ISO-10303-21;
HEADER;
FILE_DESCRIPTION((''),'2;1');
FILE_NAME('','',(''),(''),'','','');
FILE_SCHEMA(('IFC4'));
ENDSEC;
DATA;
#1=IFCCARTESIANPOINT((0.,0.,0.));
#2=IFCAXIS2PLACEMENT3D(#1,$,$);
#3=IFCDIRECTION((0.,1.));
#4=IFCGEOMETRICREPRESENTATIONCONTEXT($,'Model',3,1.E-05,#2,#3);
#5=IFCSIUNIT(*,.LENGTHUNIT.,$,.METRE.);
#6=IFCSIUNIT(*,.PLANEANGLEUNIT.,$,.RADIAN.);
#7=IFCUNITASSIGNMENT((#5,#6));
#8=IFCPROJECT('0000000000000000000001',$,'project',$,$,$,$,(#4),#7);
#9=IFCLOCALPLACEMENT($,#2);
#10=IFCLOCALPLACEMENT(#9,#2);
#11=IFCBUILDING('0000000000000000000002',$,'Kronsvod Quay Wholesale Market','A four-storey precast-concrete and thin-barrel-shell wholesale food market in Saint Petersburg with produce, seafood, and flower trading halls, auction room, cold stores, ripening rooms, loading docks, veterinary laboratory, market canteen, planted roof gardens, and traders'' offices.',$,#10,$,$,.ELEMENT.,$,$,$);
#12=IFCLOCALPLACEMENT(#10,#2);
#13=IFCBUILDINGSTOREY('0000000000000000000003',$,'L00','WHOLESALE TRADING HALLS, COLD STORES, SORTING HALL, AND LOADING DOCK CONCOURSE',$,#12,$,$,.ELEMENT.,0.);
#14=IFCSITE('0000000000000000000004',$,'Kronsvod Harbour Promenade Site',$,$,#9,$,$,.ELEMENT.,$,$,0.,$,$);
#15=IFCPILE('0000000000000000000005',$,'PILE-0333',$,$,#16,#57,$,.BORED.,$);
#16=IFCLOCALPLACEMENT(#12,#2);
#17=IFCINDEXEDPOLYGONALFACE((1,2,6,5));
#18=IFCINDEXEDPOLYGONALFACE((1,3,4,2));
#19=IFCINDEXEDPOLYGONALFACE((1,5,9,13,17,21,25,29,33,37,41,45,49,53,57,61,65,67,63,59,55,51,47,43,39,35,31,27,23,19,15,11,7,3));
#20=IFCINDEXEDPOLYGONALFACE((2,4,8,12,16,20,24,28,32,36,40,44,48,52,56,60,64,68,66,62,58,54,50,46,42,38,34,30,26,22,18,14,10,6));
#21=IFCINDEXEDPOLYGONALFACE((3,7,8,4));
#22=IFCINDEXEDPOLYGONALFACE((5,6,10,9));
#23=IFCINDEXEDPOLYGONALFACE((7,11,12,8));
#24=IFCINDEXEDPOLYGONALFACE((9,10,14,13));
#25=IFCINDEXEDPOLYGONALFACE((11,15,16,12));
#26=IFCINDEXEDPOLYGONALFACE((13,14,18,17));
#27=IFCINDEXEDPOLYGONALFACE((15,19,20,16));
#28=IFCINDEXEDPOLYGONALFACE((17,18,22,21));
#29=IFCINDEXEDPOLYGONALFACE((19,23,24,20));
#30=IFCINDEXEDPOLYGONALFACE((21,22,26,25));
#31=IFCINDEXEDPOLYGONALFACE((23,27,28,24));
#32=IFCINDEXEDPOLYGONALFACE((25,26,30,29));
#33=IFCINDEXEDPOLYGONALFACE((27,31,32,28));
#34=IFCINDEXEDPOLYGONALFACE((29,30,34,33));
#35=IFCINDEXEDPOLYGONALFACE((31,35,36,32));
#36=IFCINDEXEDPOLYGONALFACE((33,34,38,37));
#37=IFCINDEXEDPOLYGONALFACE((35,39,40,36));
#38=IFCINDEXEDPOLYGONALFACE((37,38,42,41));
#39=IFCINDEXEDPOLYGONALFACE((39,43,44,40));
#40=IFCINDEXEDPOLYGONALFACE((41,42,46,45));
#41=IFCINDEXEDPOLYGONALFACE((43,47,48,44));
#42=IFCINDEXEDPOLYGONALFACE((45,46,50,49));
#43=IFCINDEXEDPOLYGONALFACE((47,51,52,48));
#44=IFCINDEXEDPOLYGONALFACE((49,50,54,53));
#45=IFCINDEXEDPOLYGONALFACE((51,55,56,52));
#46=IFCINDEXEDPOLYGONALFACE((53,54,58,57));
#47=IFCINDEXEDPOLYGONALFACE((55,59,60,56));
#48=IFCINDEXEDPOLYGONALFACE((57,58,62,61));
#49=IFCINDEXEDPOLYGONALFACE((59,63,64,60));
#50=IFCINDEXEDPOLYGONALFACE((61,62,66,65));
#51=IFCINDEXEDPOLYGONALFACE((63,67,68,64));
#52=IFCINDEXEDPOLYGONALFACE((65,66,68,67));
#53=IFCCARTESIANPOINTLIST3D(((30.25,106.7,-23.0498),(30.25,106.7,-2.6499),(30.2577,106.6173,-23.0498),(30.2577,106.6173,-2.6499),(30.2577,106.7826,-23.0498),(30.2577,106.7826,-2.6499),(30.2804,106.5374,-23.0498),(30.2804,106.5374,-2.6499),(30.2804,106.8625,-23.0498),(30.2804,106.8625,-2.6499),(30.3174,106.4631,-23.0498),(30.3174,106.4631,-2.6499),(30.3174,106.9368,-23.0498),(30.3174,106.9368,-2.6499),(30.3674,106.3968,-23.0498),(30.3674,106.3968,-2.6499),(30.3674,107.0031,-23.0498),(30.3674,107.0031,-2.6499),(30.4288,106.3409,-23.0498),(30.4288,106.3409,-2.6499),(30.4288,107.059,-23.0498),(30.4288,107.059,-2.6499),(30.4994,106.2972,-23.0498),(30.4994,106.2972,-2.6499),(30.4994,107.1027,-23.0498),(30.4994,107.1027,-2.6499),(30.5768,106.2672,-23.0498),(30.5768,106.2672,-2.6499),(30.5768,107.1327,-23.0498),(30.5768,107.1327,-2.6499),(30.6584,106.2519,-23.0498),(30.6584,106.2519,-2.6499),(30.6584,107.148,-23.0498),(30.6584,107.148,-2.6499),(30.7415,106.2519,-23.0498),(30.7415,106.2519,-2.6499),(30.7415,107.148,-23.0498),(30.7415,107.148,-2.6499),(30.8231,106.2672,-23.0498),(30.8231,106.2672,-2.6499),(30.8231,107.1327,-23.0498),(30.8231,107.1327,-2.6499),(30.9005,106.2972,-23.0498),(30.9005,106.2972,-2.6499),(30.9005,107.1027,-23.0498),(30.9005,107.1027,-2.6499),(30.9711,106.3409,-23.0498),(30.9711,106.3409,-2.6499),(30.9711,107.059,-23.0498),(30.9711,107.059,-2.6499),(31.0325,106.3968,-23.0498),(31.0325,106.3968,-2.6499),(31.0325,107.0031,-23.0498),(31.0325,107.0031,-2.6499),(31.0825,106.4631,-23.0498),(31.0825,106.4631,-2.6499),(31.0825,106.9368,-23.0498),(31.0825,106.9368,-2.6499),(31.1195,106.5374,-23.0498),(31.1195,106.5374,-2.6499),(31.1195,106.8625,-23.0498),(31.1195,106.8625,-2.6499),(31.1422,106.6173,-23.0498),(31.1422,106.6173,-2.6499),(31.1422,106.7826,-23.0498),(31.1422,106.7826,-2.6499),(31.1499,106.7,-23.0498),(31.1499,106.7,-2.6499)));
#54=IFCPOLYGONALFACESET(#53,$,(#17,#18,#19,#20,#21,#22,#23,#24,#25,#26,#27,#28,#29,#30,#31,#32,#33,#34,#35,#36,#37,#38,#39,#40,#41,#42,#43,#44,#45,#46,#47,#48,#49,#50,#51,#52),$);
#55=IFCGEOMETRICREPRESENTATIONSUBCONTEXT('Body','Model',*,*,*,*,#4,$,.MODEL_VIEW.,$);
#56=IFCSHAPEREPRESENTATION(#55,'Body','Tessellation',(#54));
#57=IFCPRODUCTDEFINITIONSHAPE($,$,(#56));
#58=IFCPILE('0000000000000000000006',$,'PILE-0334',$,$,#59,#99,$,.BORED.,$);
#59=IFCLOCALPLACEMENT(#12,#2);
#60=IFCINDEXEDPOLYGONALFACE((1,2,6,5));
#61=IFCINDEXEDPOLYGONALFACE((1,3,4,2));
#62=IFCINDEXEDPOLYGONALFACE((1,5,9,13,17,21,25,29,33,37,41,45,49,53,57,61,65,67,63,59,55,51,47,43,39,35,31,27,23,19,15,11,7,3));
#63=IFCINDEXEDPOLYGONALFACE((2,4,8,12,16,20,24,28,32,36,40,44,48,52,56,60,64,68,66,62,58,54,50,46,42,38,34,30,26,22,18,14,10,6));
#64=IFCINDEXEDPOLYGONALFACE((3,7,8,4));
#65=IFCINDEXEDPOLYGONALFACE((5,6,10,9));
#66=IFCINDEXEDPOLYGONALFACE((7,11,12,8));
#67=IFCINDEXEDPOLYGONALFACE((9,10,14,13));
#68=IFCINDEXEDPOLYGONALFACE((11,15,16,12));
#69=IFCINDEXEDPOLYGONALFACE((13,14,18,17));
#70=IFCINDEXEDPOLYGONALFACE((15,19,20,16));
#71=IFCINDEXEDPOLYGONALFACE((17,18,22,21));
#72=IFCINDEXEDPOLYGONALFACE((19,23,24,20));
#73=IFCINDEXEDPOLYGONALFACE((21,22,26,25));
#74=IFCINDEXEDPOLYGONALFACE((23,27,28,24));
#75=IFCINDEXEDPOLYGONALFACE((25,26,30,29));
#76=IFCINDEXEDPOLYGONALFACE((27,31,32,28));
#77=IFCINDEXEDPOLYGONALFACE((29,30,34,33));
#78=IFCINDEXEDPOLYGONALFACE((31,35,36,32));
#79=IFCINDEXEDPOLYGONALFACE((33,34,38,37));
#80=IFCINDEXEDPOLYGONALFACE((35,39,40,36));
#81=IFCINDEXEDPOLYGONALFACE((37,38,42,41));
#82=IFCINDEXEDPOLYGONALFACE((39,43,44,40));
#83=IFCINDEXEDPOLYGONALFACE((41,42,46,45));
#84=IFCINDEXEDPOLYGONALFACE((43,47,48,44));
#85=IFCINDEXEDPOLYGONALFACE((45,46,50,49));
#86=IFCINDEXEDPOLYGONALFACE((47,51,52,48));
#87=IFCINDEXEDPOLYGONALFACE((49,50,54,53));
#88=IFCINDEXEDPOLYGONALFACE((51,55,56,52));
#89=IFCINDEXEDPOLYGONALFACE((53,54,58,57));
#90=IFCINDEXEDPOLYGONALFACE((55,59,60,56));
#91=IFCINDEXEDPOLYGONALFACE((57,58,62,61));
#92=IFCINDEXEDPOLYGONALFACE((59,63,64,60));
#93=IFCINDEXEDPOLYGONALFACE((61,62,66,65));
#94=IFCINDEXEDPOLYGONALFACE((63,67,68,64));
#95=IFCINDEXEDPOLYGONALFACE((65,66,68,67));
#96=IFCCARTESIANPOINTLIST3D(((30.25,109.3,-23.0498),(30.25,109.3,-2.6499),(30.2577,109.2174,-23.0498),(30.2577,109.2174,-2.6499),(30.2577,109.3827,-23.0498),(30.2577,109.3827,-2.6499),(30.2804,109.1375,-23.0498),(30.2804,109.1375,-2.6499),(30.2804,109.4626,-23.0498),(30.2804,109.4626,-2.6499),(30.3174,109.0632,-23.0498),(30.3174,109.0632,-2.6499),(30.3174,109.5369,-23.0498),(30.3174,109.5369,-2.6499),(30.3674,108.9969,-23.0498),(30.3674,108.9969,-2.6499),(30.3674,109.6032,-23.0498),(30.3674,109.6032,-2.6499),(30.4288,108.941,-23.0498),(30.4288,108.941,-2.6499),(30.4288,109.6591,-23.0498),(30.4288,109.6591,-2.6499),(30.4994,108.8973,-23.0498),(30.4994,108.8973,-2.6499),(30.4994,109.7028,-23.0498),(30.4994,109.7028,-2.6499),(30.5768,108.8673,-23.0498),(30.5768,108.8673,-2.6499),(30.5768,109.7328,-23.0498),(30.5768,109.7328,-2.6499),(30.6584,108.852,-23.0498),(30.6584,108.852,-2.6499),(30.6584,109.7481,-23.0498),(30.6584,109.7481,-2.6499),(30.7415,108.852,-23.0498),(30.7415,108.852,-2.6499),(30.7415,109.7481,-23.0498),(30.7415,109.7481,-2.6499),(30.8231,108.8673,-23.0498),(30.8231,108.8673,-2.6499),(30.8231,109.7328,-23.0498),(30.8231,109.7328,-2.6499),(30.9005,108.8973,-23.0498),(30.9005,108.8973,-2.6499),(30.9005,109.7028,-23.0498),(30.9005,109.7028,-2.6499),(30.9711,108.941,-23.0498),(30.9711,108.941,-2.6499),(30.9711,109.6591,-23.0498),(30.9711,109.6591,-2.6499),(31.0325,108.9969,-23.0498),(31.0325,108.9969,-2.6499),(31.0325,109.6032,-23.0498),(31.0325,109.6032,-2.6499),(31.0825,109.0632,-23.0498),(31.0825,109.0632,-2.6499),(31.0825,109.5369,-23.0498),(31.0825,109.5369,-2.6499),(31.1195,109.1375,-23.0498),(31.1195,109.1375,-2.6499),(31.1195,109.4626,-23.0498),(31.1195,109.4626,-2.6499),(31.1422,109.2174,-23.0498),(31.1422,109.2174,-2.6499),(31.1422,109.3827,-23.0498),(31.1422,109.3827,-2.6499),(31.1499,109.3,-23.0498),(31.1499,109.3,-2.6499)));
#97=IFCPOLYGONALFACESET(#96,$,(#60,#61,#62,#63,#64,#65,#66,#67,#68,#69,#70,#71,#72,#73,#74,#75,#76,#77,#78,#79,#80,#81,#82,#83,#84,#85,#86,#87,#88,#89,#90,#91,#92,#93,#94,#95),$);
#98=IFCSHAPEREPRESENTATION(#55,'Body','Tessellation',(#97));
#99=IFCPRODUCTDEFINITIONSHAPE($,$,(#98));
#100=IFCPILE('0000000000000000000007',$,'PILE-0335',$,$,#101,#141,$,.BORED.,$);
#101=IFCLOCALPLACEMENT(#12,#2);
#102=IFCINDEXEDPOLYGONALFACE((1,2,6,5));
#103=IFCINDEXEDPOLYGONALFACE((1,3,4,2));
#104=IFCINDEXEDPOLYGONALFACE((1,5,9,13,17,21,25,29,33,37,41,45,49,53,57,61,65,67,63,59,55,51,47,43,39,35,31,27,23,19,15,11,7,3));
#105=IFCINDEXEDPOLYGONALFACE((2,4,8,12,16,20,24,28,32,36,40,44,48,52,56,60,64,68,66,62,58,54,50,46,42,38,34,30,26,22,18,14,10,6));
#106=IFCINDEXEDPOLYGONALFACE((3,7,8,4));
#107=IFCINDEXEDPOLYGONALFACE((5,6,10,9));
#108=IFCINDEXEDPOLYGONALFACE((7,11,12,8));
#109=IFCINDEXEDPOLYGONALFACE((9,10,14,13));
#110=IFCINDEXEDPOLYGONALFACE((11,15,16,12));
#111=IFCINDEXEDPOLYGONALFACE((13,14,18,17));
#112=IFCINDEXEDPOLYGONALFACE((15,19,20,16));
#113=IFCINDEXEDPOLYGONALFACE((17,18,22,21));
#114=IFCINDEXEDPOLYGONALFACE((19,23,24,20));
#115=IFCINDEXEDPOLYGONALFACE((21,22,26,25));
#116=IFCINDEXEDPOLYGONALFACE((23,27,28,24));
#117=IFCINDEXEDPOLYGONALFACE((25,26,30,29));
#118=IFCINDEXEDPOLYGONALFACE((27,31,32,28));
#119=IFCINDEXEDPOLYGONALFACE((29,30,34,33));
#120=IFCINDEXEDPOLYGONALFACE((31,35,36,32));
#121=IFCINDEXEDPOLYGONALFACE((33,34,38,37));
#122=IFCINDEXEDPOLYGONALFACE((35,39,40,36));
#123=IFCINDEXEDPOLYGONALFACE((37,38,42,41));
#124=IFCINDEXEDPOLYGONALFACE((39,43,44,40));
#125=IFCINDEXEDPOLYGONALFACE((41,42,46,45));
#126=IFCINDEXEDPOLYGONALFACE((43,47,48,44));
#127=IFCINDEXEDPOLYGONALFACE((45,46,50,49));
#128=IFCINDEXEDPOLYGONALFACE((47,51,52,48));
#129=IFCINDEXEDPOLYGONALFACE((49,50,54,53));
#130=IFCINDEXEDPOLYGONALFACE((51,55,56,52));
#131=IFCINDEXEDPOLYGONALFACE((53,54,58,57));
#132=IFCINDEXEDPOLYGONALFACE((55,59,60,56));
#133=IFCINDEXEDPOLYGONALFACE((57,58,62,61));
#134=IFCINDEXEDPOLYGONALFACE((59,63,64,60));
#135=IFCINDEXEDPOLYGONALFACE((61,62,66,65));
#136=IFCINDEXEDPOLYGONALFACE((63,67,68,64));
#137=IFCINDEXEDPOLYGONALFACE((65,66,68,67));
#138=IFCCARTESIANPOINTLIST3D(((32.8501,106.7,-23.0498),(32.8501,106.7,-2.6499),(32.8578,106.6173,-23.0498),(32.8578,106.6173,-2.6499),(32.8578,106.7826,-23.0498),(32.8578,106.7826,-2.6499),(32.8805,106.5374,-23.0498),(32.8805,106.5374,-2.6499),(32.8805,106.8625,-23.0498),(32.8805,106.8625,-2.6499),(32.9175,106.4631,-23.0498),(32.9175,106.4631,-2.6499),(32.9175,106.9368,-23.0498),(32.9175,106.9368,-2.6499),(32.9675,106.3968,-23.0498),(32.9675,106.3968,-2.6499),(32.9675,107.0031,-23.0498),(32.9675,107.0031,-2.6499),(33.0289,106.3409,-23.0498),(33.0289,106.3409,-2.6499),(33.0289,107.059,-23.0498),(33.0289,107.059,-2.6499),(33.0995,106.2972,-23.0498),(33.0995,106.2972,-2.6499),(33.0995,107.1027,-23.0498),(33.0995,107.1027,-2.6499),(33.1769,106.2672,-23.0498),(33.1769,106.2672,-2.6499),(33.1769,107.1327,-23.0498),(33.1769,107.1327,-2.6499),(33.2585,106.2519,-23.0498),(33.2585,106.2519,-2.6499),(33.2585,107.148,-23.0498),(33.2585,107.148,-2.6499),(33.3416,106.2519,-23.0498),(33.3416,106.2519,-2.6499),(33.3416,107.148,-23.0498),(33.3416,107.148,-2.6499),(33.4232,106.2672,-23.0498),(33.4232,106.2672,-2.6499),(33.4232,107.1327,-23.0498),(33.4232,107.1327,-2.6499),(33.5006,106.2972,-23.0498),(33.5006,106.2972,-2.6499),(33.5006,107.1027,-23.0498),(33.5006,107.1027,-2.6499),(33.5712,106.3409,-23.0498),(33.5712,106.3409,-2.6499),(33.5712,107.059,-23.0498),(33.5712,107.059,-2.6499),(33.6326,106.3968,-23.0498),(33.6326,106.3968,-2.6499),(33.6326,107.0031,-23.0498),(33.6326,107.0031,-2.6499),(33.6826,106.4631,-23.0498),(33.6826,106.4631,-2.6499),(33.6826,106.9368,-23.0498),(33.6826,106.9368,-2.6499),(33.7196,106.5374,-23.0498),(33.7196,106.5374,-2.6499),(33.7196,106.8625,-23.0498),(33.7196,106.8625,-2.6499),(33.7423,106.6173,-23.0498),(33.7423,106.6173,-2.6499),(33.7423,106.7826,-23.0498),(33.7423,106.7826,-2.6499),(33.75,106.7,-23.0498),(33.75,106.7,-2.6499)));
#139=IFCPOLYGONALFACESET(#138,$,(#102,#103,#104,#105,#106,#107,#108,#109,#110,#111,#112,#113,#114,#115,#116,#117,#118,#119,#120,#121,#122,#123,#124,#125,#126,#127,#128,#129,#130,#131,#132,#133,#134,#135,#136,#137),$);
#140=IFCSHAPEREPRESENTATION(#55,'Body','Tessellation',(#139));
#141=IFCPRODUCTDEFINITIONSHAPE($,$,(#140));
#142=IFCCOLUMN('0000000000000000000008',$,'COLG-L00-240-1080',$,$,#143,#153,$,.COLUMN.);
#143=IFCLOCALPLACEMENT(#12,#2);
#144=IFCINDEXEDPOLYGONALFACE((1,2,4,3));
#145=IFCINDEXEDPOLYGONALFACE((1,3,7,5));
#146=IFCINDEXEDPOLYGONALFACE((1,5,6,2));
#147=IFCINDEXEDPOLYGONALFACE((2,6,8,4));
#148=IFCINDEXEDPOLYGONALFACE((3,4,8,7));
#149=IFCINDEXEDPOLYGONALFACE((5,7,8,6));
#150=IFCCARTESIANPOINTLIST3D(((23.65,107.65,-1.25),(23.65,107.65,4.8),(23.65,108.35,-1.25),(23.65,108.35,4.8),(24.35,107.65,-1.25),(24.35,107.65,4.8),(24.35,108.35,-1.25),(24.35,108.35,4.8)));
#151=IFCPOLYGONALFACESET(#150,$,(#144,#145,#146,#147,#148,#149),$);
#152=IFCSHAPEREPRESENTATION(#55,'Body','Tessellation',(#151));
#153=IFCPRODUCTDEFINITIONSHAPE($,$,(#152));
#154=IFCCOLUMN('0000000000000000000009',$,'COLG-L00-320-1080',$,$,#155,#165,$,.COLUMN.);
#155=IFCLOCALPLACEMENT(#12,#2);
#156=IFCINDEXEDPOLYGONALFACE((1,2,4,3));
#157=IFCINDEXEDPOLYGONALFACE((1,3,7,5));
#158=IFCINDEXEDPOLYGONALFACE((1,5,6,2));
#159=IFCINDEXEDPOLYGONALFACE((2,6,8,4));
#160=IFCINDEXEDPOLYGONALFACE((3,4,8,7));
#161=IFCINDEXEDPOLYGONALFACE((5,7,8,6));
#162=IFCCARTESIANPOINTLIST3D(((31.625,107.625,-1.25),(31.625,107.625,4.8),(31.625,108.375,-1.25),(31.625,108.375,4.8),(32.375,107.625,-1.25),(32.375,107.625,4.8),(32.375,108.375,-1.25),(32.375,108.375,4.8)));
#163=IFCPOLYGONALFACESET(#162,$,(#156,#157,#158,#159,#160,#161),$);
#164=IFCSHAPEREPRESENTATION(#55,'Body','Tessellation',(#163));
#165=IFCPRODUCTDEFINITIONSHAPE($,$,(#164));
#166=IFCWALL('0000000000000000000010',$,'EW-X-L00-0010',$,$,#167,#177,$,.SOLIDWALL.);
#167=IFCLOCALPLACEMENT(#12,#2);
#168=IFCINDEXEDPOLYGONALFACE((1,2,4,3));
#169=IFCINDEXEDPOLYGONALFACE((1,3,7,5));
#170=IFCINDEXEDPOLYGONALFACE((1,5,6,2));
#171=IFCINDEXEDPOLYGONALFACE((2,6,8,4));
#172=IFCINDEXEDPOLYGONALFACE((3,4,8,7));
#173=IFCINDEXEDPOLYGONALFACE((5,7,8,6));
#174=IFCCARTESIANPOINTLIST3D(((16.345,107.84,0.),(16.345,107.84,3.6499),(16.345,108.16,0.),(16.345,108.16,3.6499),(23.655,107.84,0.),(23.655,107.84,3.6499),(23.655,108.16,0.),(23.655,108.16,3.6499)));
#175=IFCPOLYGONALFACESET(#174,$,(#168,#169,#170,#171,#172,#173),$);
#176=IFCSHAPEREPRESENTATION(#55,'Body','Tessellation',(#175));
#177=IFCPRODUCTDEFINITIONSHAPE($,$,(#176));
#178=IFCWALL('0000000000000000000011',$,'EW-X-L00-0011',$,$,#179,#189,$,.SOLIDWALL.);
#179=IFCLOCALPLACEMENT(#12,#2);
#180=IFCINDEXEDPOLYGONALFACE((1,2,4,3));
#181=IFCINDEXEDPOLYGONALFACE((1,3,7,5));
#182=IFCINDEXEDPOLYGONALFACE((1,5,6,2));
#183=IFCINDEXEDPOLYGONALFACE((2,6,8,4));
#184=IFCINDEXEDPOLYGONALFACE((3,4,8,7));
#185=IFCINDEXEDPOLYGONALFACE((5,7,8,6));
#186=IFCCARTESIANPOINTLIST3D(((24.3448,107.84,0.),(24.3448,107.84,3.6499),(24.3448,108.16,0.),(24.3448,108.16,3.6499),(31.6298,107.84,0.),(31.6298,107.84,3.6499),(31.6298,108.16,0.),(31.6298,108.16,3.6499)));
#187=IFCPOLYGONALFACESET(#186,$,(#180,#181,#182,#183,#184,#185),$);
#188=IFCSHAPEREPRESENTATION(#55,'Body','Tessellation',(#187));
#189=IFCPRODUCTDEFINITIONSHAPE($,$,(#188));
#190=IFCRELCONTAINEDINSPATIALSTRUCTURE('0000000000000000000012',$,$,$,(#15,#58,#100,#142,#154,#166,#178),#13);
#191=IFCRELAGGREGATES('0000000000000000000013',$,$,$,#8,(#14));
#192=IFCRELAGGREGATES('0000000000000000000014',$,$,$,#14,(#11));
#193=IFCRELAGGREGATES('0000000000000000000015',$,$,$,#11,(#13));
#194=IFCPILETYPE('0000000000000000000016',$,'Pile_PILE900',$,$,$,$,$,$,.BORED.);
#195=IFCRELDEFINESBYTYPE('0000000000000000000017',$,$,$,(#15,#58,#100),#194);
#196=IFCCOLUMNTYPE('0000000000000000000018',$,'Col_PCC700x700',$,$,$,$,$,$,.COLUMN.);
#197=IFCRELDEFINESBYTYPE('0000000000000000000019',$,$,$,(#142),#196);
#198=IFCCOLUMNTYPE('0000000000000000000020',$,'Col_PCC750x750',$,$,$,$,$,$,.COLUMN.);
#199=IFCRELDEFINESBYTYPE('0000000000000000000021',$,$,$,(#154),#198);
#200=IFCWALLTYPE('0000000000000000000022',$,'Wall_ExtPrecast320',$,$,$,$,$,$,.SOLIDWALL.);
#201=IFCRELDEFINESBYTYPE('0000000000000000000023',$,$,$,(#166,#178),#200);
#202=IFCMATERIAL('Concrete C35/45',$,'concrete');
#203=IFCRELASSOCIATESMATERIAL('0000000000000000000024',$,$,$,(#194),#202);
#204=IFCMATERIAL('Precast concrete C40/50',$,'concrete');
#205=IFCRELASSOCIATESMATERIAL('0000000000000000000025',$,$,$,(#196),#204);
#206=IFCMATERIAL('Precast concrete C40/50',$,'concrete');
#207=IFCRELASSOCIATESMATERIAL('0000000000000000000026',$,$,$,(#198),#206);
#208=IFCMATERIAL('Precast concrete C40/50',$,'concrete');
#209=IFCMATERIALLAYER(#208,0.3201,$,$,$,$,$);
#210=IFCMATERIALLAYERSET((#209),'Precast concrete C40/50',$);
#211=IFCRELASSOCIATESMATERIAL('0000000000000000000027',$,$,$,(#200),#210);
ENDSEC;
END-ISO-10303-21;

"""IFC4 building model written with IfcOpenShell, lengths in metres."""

from ifc_helpers import new_model, si_unit, direction, frame, frame_2d, origin, origin_2d, place, context, subcontext, project, spatial, rectangle, circle, extrude, material, layer, layer_set, material_profile, profile_set, type_object, element, save


model = new_model("IFC4")

# Units and contexts
model_context = context("Model", 3, precision=1e-05, world=origin(), true_north=direction((0.0, 1.0)))
body_context = subcontext(model_context, "Body", "Model", "MODEL_VIEW")
ifc_project = project(units=[si_unit("LENGTHUNIT", "METRE"), si_unit("PLANEANGLEUNIT", "RADIAN")], contexts=[model_context])

# Site, building, storey
site_placement = place(None, origin())
site = spatial("IfcSite", under=ifc_project, at=site_placement, Name="Kronsvod Harbour Promenade Site", CompositionType="ELEMENT", RefElevation=0.0)
building_placement = place(site_placement, origin())
building = spatial("IfcBuilding", under=site, at=building_placement, Name="Kronsvod Quay Wholesale Market", Description="A four-storey precast-concrete and thin-barrel-shell wholesale food market in Saint Petersburg with produce, seafood, and flower trading halls, auction room, cold stores, ripening rooms, loading docks, veterinary laboratory, market canteen, planted roof gardens, and traders' offices.", CompositionType="ELEMENT")
storey_placement = place(building_placement, origin())
storey = spatial("IfcBuildingStorey", under=building, at=storey_placement, Name="L00", Description="WHOLESALE TRADING HALLS, COLD STORES, SORTING HALL, AND LOADING DOCK CONCOURSE", CompositionType="ELEMENT", Elevation=0.0)

# Piles
ifc_material_1 = material(Name="Concrete C35/45", Category="concrete")
ifc_material_profile_1 = material_profile(ifc_material_1, circle(Radius=0.45, at=origin_2d()), Name="PILE900")
ifc_profile_set_1 = profile_set([ifc_material_profile_1], Name="Concrete C35/45")
pile_type = type_object("IfcPileType", Name="Pile_PILE900", PredefinedType="BORED", material=ifc_profile_set_1)
for number, where, z_axis, x_axis, name in (
    (1, (30.7, 106.7, -2.6499), (0.0, 0.0, -1.0), (1.0, 0.0, 0.0), "PILE-0333"),
    (2, (30.7, 109.3, -2.6499), (0.0, 0.0, -1.0), (1.0, 0.0, 0.0), "PILE-0334"),
    (3, (33.3, 106.7, -2.6499), (0.0, 0.0, -1.0), (1.0, 0.0, 0.0), "PILE-0335"),
):
    element("IfcPile", number, at=place(storey_placement, frame(where, z_axis=z_axis, x_axis=x_axis)), inside=storey, type_object=pile_type, Name=name, PredefinedType="BORED", context=body_context, shape_type="SweptSolid", body=[
        extrude(circle(Radius=0.45, at=origin_2d()), origin(), (0.0, 0.0, 1.0), 20.3999),
    ])

# Columns
ifc_material_2 = material(Name="Precast concrete C40/50", Category="concrete")
ifc_material_profile_2 = material_profile(ifc_material_2, rectangle(XDim=0.7, YDim=0.7, at=origin_2d()), Name="PCC700x700")
ifc_profile_set_2 = profile_set([ifc_material_profile_2], Name="Precast concrete C40/50")
column_type_1 = type_object("IfcColumnType", Name="Col_PCC700x700", PredefinedType="COLUMN", material=ifc_profile_set_2)
column_1_placement = place(storey_placement, frame((24.0, 108.0, -1.25), z_axis=(0.0, 0.0, 1.0), x_axis=(1.0, 0.0, 0.0)))
element("IfcColumn", 4, at=column_1_placement, inside=storey, type_object=column_type_1, Name="COLG-L00-240-1080", PredefinedType="COLUMN", context=body_context, shape_type="SweptSolid", body=[
    extrude(rectangle(XDim=0.7, YDim=0.7, at=origin_2d()), origin(), (0.0, 0.0, 1.0), 6.05),
])
ifc_material_3 = material(Name="Precast concrete C40/50", Category="concrete")
ifc_material_profile_3 = material_profile(ifc_material_3, rectangle(XDim=0.75, YDim=0.75, at=origin_2d()), Name="COL-07")
ifc_profile_set_3 = profile_set([ifc_material_profile_3], Name="Precast concrete C40/50")
column_type_2 = type_object("IfcColumnType", Name="Col_PCC750x750", PredefinedType="COLUMN", material=ifc_profile_set_3)
column_2_placement = place(storey_placement, frame((32.0, 108.0, -1.25), z_axis=(0.0, 0.0, 1.0), x_axis=(1.0, 0.0, 0.0)))
element("IfcColumn", 5, at=column_2_placement, inside=storey, type_object=column_type_2, Name="COLG-L00-320-1080", PredefinedType="COLUMN", context=body_context, shape_type="SweptSolid", body=[
    extrude(rectangle(XDim=0.75, YDim=0.75, at=origin_2d()), origin(), (0.0, 0.0, 1.0), 6.05),
])

# Walls
ifc_material_4 = material(Name="Precast concrete C40/50", Category="concrete")
ifc_layer_1 = layer(ifc_material_4, 0.3201)
ifc_layer_set_1 = layer_set([ifc_layer_1], Name="Precast concrete C40/50")
wall_type_1 = type_object("IfcWallType", Name="Wall_ExtPrecast320", PredefinedType="SOLIDWALL", material=ifc_layer_set_1)
wall_1_placement = place(storey_placement, frame((23.655, 108.0, 0.0), z_axis=(0.0, 0.0, 1.0), x_axis=(-1.0, 0.0, 0.0)))
element("IfcWall", 6, at=wall_1_placement, inside=storey, type_object=wall_type_1, Name="EW-X-L00-0010", PredefinedType="SOLIDWALL", context=body_context, shape_type="SweptSolid", body=[
    extrude(rectangle(XDim=7.3101, YDim=0.3201, at=frame_2d((3.655, 0.0))), origin(), (0.0, 0.0, 1.0), 3.6499),
])
wall_2_placement = place(storey_placement, frame((31.6299, 108.0, 0.0), z_axis=(0.0, 0.0, 1.0), x_axis=(-1.0, 0.0, 0.0)))
element("IfcWall", 7, at=wall_2_placement, inside=storey, type_object=wall_type_1, Name="EW-X-L00-0011", PredefinedType="SOLIDWALL", context=body_context, shape_type="SweptSolid", body=[
    extrude(rectangle(XDim=7.2849, YDim=0.3201, at=frame_2d((3.6426, 0.0))), origin(), (0.0, 0.0, 1.0), 3.6499),
])

save(model, "model.ifc")
